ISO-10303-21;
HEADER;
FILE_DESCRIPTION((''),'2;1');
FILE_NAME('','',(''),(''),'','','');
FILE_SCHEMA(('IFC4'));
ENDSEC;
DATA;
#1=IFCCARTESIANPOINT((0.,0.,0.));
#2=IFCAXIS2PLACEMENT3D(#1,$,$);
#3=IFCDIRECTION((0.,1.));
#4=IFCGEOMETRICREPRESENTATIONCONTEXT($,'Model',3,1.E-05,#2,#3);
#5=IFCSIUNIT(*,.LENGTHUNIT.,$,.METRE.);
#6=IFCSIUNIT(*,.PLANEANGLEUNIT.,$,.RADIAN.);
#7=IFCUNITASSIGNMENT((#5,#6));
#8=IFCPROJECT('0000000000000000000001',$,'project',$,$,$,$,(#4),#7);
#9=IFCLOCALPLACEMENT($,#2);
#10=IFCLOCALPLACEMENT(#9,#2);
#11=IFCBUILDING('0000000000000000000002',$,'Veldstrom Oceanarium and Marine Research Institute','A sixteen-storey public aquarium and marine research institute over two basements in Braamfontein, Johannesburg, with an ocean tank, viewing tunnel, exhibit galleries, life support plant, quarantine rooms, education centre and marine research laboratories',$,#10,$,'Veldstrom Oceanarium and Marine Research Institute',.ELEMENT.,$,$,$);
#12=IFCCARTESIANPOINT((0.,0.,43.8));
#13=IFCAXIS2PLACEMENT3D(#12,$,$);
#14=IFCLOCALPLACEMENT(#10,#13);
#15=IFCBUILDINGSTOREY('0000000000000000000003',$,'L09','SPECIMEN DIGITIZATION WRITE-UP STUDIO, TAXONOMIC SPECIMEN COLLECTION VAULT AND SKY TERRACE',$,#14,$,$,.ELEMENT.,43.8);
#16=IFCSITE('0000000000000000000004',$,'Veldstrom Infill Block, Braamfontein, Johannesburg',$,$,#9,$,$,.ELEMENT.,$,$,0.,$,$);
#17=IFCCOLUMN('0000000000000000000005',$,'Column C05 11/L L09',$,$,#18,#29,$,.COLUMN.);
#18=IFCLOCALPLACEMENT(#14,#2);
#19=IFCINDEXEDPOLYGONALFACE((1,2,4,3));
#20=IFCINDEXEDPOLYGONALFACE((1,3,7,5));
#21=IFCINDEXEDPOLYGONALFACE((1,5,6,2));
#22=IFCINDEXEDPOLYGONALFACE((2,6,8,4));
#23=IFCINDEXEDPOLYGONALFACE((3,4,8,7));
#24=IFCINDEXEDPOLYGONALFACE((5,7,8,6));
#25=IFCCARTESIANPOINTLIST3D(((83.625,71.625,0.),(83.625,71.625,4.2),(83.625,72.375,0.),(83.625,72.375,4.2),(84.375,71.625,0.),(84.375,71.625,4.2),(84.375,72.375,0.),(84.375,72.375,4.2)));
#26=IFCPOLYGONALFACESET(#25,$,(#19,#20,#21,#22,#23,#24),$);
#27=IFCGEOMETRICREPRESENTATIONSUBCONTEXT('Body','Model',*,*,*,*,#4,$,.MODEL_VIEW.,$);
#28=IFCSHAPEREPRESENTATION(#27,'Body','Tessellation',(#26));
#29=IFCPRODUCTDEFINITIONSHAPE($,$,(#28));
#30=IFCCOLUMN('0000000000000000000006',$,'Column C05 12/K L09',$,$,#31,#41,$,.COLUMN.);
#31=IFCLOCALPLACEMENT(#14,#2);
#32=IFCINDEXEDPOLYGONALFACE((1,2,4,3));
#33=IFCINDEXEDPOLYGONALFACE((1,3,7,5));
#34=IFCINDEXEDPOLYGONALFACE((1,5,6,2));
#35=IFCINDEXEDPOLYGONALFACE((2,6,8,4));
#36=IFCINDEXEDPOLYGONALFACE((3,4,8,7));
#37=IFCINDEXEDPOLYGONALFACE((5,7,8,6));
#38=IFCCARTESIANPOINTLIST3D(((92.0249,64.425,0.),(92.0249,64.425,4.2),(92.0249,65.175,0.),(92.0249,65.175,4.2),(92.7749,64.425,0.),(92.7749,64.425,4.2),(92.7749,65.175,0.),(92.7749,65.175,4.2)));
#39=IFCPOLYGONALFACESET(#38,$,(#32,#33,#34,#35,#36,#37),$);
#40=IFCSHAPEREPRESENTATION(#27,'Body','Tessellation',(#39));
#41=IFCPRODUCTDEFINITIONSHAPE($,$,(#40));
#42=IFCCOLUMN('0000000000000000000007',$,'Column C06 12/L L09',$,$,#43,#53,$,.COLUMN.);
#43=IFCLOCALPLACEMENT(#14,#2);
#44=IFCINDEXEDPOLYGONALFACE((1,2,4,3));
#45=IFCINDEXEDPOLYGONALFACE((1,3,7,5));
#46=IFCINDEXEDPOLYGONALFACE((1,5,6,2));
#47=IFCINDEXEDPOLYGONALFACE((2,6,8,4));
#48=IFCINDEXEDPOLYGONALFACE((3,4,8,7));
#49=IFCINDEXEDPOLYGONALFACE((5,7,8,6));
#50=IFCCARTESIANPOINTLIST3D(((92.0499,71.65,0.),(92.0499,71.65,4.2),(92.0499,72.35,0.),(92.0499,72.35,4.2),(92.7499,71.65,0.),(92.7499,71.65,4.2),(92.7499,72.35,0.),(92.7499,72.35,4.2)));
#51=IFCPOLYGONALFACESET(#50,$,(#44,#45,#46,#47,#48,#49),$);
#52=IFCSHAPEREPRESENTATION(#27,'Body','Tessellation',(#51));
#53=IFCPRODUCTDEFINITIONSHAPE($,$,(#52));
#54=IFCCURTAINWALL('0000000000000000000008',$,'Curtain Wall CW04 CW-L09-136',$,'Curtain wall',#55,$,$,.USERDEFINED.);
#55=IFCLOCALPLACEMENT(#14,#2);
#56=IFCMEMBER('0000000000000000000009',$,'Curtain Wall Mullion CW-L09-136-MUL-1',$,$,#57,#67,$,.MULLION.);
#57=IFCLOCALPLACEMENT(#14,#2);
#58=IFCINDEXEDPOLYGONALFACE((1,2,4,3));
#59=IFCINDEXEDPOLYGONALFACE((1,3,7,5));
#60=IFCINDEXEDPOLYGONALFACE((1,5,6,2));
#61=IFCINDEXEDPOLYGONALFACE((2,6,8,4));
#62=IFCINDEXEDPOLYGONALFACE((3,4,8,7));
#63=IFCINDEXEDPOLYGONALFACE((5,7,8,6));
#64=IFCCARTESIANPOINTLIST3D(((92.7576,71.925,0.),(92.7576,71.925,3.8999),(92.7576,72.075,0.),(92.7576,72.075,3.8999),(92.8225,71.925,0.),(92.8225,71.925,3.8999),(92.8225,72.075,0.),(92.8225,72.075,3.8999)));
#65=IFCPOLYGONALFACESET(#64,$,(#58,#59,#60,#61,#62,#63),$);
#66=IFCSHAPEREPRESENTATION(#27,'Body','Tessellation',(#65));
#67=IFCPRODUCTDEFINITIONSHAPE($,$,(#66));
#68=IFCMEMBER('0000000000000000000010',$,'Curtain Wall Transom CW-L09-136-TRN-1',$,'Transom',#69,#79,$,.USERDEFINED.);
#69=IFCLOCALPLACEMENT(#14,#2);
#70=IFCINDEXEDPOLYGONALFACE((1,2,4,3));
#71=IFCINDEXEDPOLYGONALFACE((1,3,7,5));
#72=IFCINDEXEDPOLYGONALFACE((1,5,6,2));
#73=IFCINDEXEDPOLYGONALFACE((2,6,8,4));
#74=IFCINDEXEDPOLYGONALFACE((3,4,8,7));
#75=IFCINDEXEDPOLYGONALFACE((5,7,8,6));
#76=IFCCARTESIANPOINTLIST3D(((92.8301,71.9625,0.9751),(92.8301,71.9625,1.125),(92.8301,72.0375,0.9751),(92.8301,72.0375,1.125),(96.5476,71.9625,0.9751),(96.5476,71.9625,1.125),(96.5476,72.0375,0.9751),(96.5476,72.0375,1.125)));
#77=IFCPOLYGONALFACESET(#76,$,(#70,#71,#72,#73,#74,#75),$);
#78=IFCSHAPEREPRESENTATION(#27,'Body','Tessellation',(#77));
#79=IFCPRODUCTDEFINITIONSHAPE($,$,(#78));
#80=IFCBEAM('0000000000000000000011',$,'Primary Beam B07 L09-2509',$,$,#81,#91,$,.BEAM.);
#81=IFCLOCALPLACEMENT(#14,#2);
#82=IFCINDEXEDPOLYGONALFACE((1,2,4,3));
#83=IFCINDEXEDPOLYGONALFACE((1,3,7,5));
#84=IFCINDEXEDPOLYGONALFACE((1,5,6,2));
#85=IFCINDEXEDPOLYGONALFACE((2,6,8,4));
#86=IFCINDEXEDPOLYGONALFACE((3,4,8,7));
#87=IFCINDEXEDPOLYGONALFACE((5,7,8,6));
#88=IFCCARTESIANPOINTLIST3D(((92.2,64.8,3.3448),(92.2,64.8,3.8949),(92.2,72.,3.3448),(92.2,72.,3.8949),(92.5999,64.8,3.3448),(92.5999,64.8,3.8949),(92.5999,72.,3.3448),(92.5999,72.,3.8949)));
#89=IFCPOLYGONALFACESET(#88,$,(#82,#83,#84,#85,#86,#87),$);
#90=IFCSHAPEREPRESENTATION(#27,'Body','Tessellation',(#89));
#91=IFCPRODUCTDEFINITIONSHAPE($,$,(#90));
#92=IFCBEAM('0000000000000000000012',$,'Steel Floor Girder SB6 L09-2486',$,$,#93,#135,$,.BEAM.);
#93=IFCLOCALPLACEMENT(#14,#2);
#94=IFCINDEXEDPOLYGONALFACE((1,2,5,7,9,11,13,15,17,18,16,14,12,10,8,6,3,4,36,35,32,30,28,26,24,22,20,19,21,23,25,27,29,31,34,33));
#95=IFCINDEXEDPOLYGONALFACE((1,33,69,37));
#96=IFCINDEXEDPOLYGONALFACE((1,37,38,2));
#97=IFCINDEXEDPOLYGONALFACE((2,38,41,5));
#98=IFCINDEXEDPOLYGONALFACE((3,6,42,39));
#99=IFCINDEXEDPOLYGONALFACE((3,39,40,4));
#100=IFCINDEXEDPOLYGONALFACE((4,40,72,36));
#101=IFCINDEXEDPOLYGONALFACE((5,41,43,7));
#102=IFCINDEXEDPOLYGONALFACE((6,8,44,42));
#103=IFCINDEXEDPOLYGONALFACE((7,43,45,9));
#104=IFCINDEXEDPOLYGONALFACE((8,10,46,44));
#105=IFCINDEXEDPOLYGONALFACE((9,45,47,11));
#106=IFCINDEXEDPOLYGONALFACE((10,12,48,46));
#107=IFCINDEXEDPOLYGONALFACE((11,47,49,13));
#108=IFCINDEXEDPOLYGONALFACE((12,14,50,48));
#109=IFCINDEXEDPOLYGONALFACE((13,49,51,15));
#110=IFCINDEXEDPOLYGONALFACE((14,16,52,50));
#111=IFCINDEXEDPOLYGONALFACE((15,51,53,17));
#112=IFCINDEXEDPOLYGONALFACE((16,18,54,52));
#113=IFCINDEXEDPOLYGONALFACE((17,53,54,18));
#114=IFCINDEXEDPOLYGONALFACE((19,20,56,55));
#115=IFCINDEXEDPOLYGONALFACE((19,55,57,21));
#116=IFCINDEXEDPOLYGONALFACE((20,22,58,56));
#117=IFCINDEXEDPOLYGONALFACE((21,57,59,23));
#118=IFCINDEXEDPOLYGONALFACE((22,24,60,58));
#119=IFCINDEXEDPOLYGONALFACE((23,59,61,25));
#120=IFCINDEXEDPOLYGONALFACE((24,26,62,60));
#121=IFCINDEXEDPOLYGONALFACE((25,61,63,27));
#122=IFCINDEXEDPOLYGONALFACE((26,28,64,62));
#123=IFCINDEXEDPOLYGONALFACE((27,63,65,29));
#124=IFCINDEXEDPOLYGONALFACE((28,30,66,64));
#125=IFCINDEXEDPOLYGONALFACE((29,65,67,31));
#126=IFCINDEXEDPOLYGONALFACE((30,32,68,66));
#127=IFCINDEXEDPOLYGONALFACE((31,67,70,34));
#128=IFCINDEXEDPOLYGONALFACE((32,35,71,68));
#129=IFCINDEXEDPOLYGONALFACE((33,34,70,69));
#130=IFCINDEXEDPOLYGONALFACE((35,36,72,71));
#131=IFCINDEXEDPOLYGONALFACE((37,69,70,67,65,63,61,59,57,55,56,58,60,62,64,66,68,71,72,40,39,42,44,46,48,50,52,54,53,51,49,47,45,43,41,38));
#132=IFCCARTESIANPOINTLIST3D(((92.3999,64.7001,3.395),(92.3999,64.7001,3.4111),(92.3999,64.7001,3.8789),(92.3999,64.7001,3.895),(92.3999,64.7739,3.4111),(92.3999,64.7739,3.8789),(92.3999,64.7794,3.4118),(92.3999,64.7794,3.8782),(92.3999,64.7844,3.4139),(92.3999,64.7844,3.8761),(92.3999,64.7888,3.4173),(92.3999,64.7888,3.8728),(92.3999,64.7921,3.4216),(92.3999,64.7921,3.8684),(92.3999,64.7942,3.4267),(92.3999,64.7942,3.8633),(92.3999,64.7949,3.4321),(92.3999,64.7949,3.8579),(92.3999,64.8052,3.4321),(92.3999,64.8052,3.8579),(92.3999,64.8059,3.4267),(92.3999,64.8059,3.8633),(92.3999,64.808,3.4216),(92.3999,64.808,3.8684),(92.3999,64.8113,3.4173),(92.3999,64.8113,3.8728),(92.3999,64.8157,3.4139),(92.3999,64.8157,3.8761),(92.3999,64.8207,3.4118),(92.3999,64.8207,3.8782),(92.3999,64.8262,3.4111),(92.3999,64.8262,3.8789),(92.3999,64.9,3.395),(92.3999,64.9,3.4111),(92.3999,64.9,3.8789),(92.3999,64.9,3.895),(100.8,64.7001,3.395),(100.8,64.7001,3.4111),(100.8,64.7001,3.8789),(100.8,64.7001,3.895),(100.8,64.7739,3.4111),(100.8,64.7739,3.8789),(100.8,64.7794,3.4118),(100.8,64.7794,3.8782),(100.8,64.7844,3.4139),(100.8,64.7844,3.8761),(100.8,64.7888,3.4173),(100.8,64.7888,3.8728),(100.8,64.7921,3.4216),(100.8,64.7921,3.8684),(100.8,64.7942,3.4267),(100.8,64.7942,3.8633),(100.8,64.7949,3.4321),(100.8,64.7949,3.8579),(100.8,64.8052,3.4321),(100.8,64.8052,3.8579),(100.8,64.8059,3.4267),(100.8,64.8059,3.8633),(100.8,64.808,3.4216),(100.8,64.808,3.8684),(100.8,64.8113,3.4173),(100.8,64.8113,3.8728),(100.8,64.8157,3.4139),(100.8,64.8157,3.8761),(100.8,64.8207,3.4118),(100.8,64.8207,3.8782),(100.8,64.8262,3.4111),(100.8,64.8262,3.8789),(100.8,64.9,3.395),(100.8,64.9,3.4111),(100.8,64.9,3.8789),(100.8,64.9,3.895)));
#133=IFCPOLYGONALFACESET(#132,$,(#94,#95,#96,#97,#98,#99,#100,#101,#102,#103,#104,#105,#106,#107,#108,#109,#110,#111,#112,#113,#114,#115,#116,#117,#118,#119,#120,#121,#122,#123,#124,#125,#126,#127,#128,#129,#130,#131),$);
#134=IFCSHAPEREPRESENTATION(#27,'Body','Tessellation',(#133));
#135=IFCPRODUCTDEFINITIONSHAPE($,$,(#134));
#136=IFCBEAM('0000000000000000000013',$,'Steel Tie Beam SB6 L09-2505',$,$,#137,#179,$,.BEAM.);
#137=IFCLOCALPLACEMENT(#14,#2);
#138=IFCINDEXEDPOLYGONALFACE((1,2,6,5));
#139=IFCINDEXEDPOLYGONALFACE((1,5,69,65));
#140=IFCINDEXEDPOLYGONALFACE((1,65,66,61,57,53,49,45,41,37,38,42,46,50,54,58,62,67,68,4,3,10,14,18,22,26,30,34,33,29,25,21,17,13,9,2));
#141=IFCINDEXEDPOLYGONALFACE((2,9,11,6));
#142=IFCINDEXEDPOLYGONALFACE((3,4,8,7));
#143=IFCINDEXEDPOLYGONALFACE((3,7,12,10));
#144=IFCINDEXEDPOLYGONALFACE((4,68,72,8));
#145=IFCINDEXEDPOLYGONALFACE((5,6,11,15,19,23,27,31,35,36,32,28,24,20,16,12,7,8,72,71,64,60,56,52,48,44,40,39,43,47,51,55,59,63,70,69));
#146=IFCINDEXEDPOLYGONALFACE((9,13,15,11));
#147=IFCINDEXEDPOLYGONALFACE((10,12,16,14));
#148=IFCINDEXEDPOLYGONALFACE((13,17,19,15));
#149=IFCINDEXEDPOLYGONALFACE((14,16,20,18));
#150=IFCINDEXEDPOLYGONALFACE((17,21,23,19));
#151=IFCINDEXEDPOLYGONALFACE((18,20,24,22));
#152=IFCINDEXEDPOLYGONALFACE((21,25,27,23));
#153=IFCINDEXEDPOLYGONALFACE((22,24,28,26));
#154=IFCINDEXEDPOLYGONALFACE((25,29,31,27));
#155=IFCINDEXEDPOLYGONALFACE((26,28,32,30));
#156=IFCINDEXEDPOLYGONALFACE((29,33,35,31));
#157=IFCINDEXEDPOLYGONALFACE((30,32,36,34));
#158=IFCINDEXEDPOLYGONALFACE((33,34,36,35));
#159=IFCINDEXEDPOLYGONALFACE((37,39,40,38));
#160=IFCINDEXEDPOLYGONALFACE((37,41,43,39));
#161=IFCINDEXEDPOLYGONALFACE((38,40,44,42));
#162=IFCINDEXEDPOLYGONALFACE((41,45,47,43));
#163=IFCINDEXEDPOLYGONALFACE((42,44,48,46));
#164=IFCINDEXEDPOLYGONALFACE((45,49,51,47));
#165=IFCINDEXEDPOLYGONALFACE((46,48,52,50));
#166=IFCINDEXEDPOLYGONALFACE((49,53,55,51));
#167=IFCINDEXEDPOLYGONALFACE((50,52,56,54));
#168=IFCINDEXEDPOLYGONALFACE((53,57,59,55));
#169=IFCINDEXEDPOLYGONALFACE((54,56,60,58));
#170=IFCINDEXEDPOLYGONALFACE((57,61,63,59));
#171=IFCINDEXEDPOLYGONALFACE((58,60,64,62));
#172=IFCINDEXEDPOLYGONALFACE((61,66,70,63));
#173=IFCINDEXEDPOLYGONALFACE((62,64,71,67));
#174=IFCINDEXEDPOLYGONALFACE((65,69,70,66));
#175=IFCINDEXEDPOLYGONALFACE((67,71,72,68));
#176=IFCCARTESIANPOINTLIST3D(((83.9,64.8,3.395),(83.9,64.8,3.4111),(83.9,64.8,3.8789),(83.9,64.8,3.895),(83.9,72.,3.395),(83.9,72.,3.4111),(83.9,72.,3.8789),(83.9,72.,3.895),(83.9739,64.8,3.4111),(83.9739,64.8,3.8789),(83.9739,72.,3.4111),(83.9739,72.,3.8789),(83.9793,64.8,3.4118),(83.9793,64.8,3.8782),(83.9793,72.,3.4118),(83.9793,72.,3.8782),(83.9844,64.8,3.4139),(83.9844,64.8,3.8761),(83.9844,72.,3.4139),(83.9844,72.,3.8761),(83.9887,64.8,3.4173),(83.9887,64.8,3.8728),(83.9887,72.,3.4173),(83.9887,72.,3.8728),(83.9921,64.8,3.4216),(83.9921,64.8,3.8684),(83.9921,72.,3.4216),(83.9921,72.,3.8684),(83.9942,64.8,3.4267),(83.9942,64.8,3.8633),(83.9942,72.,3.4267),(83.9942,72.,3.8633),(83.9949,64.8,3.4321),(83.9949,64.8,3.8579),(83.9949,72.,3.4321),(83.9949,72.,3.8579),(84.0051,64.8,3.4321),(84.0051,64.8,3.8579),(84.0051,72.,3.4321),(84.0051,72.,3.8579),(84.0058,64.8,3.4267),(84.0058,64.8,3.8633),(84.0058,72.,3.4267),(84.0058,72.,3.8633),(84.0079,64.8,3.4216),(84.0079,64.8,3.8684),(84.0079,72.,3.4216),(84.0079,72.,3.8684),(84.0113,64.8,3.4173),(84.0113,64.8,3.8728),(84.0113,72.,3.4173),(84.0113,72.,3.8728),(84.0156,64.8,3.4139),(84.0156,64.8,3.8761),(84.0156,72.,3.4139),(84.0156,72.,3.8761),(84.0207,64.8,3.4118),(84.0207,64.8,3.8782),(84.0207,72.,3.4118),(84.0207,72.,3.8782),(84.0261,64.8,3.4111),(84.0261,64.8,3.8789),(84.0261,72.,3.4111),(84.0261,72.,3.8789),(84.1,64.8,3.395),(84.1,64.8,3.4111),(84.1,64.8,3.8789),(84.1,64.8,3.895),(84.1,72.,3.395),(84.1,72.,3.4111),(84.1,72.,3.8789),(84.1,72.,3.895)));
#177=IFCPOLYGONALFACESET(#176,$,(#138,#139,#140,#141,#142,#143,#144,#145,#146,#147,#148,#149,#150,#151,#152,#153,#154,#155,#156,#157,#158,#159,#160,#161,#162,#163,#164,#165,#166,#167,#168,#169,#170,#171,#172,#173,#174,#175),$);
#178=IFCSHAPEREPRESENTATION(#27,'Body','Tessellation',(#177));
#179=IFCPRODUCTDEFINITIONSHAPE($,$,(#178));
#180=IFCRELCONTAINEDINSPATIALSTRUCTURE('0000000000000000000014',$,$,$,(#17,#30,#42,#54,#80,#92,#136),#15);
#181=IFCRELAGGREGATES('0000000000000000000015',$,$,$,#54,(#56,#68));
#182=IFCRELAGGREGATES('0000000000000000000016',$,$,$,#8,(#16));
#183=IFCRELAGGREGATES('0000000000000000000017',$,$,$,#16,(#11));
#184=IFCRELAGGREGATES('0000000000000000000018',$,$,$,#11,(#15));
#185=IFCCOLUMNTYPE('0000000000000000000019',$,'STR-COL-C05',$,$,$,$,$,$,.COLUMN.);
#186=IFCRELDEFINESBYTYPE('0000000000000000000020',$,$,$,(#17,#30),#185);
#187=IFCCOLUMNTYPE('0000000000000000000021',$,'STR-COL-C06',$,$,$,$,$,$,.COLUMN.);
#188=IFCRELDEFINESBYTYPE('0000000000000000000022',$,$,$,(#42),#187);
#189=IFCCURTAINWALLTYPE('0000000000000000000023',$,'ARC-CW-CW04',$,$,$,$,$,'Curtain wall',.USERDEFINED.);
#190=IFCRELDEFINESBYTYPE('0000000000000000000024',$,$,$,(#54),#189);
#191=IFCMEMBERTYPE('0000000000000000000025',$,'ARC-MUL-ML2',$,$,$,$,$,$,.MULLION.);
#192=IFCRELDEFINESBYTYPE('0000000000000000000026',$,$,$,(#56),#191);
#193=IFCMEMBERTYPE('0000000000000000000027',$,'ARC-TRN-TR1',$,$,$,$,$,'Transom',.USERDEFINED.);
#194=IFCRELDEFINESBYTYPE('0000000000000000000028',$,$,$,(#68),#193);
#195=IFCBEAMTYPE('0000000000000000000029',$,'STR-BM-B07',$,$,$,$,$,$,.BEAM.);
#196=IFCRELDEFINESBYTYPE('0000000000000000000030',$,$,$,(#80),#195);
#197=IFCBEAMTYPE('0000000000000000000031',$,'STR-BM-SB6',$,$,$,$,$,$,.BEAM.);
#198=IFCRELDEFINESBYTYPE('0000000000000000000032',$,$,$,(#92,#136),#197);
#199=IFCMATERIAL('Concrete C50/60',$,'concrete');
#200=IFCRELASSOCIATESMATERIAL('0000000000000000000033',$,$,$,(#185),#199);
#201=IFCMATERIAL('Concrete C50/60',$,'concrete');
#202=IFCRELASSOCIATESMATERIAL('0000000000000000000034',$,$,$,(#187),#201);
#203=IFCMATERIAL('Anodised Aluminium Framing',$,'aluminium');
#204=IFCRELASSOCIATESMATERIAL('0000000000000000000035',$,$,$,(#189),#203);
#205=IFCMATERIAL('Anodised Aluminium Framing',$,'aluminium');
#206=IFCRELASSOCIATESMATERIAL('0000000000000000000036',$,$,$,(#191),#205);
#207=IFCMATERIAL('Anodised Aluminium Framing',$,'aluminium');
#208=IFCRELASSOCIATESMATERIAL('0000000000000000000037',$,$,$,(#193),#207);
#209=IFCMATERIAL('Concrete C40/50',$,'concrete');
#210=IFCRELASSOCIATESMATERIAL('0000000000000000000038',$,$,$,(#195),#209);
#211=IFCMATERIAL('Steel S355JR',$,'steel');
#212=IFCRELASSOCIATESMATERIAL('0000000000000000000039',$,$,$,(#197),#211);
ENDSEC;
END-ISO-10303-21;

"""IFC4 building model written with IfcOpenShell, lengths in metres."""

from ifc_helpers import new_model, si_unit, direction, frame, origin, origin_2d, place, context, subcontext, project, spatial, rectangle, i_section, extrude, material, material_profile, profile_set, type_object, element, aggregate, save


model = new_model("IFC4")

# Units and contexts
model_context = context("Model", 3, precision=1e-05, world=origin(), true_north=direction((0.0, 1.0)))
body_context = subcontext(model_context, "Body", "Model", "MODEL_VIEW")
ifc_project = project(units=[si_unit("LENGTHUNIT", "METRE"), si_unit("PLANEANGLEUNIT", "RADIAN")], contexts=[model_context])

# Site, building, storey
site_placement = place(None, origin())
site = spatial("IfcSite", under=ifc_project, at=site_placement, Name="Veldstrom Infill Block, Braamfontein, Johannesburg", CompositionType="ELEMENT", RefElevation=0.0)
building_placement = place(site_placement, origin())
building = spatial("IfcBuilding", under=site, at=building_placement, Name="Veldstrom Oceanarium and Marine Research Institute", Description="A sixteen-storey public aquarium and marine research institute over two basements in Braamfontein, Johannesburg, with an ocean tank, viewing tunnel, exhibit galleries, life support plant, quarantine rooms, education centre and marine research laboratories", LongName="Veldstrom Oceanarium and Marine Research Institute", CompositionType="ELEMENT")
storey_placement = place(building_placement, frame((0.0, 0.0, 43.8)))
storey = spatial("IfcBuildingStorey", under=building, at=storey_placement, Name="L09", Description="SPECIMEN DIGITIZATION WRITE-UP STUDIO, TAXONOMIC SPECIMEN COLLECTION VAULT AND SKY TERRACE", CompositionType="ELEMENT", Elevation=43.8)

# Columns
ifc_material_1 = material(Name="Concrete C50/60", Category="concrete")
ifc_material_profile_1 = material_profile(ifc_material_1, rectangle(XDim=0.75, YDim=0.75, at=origin_2d()), Name="RC-COL-750x750")
ifc_profile_set_1 = profile_set([ifc_material_profile_1], Name="Concrete C50/60")
column_type_1 = type_object("IfcColumnType", Name="STR-COL-C05", PredefinedType="COLUMN", material=ifc_profile_set_1)
for number, where, z_axis, x_axis, name in (
    (1, (84.0, 72.0, 0.0), (0.0, 0.0, 1.0), (1.0, 0.0, 0.0), "Column C05 11/L L09"),
    (2, (92.3999, 64.8, 0.0), (0.0, 0.0, 1.0), (1.0, 0.0, 0.0), "Column C05 12/K L09"),
):
    element("IfcColumn", number, at=place(storey_placement, frame(where, z_axis=z_axis, x_axis=x_axis)), inside=storey, type_object=column_type_1, Name=name, PredefinedType="COLUMN", context=body_context, shape_type="SweptSolid", body=[
        extrude(rectangle(XDim=0.75, YDim=0.75, at=origin_2d()), origin(), (0.0, 0.0, 1.0), 4.2),
    ])
ifc_material_2 = material(Name="Concrete C50/60", Category="concrete")
ifc_material_profile_2 = material_profile(ifc_material_2, rectangle(XDim=0.7, YDim=0.7, at=origin_2d()), Name="RC-COL-700x700")
ifc_profile_set_2 = profile_set([ifc_material_profile_2], Name="Concrete C50/60")
column_type_2 = type_object("IfcColumnType", Name="STR-COL-C06", PredefinedType="COLUMN", material=ifc_profile_set_2)
column_placement = place(storey_placement, frame((92.3999, 72.0, 0.0), z_axis=(0.0, 0.0, 1.0), x_axis=(1.0, 0.0, 0.0)))
element("IfcColumn", 3, at=column_placement, inside=storey, type_object=column_type_2, Name="Column C06 12/L L09", PredefinedType="COLUMN", context=body_context, shape_type="SweptSolid", body=[
    extrude(rectangle(XDim=0.7, YDim=0.7, at=origin_2d()), origin(), (0.0, 0.0, 1.0), 4.2),
])

# Curtain wall, members
ifc_material_3 = material(Name="Anodised Aluminium Framing", Category="aluminium")
curtain_wall_type = type_object("IfcCurtainWallType", Name="ARC-CW-CW04", ElementType="Curtain wall", PredefinedType="USERDEFINED", material=ifc_material_3)
curtain_wall_placement = place(storey_placement, origin())
curtain_wall = element("IfcCurtainWall", 4, at=curtain_wall_placement, inside=storey, type_object=curtain_wall_type, Name="Curtain Wall CW04 CW-L09-136", ObjectType="Curtain wall", PredefinedType="USERDEFINED")
ifc_material_4 = material(Name="Anodised Aluminium Framing", Category="aluminium")
ifc_material_profile_3 = material_profile(ifc_material_4, rectangle(XDim=0.0649, YDim=0.1499, at=origin_2d()), Name="ALU-MUL-65x150")
ifc_profile_set_3 = profile_set([ifc_material_profile_3], Name="Anodised Aluminium Framing")
member_type_1 = type_object("IfcMemberType", Name="ARC-MUL-ML2", PredefinedType="MULLION", material=ifc_profile_set_3)
member_1_placement = place(storey_placement, frame((92.79, 72.0, 0.0), z_axis=(0.0, 0.0, 1.0), x_axis=(1.0, 0.0, 0.0)))
member_1 = element("IfcMember", 5, at=member_1_placement, type_object=member_type_1, Name="Curtain Wall Mullion CW-L09-136-MUL-1", PredefinedType="MULLION", context=body_context, shape_type="SweptSolid", body=[
    extrude(rectangle(XDim=0.0649, YDim=0.1499, at=origin_2d()), origin(), (0.0, 0.0, 1.0), 3.8999),
])
ifc_material_5 = material(Name="Anodised Aluminium Framing", Category="aluminium")
ifc_material_profile_4 = material_profile(ifc_material_5, rectangle(XDim=0.075, YDim=0.1499, at=origin_2d()), Name="ALU-TRN-75x150")
ifc_profile_set_4 = profile_set([ifc_material_profile_4], Name="Anodised Aluminium Framing")
member_type_2 = type_object("IfcMemberType", Name="ARC-TRN-TR1", ElementType="Transom", PredefinedType="USERDEFINED", material=ifc_profile_set_4)
member_2_placement = place(storey_placement, frame((92.8301, 72.0, 1.05), z_axis=(1.0, 0.0, 0.0), x_axis=(0.0, 1.0, 0.0)))
member_2 = element("IfcMember", 6, at=member_2_placement, type_object=member_type_2, Name="Curtain Wall Transom CW-L09-136-TRN-1", ObjectType="Transom", PredefinedType="USERDEFINED", context=body_context, shape_type="SweptSolid", body=[
    extrude(rectangle(XDim=0.075, YDim=0.1499, at=origin_2d()), origin(), (0.0, 0.0, 1.0), 3.7175),
])
aggregate(curtain_wall, [member_1, member_2])

# Beams
ifc_material_6 = material(Name="Concrete C40/50", Category="concrete")
ifc_material_profile_5 = material_profile(ifc_material_6, rectangle(XDim=0.3999, YDim=0.55, at=origin_2d()), Name="RC-BM-400x550")
ifc_profile_set_5 = profile_set([ifc_material_profile_5], Name="Concrete C40/50")
beam_type_1 = type_object("IfcBeamType", Name="STR-BM-B07", PredefinedType="BEAM", material=ifc_profile_set_5)
beam_1_placement = place(storey_placement, frame((92.3999, 64.8, 3.6199), z_axis=(0.0, 1.0, 0.0), x_axis=(-1.0, 0.0, 0.0)))
element("IfcBeam", 7, at=beam_1_placement, inside=storey, type_object=beam_type_1, Name="Primary Beam B07 L09-2509", PredefinedType="BEAM", context=body_context, shape_type="SweptSolid", body=[
    extrude(rectangle(XDim=0.3999, YDim=0.55, at=origin_2d()), origin(), (0.0, 0.0, 1.0), 7.2),
])
ifc_material_7 = material(Name="Steel S355JR", Category="steel")
ifc_material_profile_6 = material_profile(ifc_material_7, i_section(OverallWidth=0.2, OverallDepth=0.5, WebThickness=0.0103, FlangeThickness=0.0161, FilletRadius=0.021, at=origin_2d()), Name="IPE 500")
ifc_profile_set_6 = profile_set([ifc_material_profile_6], Name="Steel S355JR")
beam_type_2 = type_object("IfcBeamType", Name="STR-BM-SB6", PredefinedType="BEAM", material=ifc_profile_set_6)
beam_2_placement = place(storey_placement, frame((92.3999, 64.8, 3.645), z_axis=(1.0, 0.0, 0.0), x_axis=(0.0, 1.0, 0.0)))
element("IfcBeam", 8, at=beam_2_placement, inside=storey, type_object=beam_type_2, Name="Steel Floor Girder SB6 L09-2486", PredefinedType="BEAM", context=body_context, shape_type="SweptSolid", body=[
    extrude(i_section(OverallWidth=0.2, OverallDepth=0.5, WebThickness=0.0103, FlangeThickness=0.0161, FilletRadius=0.021, at=origin_2d()), origin(), (0.0, 0.0, 1.0), 8.4001),
])
beam_3_placement = place(storey_placement, frame((84.0, 64.8, 3.645), z_axis=(0.0, 1.0, 0.0), x_axis=(-1.0, 0.0, 0.0)))
element("IfcBeam", 9, at=beam_3_placement, inside=storey, type_object=beam_type_2, Name="Steel Tie Beam SB6 L09-2505", PredefinedType="BEAM", context=body_context, shape_type="SweptSolid", body=[
    extrude(i_section(OverallWidth=0.2, OverallDepth=0.5, WebThickness=0.0103, FlangeThickness=0.0161, FilletRadius=0.021, at=origin_2d()), origin(), (0.0, 0.0, 1.0), 7.2),
])

save(model, "model.ifc")
